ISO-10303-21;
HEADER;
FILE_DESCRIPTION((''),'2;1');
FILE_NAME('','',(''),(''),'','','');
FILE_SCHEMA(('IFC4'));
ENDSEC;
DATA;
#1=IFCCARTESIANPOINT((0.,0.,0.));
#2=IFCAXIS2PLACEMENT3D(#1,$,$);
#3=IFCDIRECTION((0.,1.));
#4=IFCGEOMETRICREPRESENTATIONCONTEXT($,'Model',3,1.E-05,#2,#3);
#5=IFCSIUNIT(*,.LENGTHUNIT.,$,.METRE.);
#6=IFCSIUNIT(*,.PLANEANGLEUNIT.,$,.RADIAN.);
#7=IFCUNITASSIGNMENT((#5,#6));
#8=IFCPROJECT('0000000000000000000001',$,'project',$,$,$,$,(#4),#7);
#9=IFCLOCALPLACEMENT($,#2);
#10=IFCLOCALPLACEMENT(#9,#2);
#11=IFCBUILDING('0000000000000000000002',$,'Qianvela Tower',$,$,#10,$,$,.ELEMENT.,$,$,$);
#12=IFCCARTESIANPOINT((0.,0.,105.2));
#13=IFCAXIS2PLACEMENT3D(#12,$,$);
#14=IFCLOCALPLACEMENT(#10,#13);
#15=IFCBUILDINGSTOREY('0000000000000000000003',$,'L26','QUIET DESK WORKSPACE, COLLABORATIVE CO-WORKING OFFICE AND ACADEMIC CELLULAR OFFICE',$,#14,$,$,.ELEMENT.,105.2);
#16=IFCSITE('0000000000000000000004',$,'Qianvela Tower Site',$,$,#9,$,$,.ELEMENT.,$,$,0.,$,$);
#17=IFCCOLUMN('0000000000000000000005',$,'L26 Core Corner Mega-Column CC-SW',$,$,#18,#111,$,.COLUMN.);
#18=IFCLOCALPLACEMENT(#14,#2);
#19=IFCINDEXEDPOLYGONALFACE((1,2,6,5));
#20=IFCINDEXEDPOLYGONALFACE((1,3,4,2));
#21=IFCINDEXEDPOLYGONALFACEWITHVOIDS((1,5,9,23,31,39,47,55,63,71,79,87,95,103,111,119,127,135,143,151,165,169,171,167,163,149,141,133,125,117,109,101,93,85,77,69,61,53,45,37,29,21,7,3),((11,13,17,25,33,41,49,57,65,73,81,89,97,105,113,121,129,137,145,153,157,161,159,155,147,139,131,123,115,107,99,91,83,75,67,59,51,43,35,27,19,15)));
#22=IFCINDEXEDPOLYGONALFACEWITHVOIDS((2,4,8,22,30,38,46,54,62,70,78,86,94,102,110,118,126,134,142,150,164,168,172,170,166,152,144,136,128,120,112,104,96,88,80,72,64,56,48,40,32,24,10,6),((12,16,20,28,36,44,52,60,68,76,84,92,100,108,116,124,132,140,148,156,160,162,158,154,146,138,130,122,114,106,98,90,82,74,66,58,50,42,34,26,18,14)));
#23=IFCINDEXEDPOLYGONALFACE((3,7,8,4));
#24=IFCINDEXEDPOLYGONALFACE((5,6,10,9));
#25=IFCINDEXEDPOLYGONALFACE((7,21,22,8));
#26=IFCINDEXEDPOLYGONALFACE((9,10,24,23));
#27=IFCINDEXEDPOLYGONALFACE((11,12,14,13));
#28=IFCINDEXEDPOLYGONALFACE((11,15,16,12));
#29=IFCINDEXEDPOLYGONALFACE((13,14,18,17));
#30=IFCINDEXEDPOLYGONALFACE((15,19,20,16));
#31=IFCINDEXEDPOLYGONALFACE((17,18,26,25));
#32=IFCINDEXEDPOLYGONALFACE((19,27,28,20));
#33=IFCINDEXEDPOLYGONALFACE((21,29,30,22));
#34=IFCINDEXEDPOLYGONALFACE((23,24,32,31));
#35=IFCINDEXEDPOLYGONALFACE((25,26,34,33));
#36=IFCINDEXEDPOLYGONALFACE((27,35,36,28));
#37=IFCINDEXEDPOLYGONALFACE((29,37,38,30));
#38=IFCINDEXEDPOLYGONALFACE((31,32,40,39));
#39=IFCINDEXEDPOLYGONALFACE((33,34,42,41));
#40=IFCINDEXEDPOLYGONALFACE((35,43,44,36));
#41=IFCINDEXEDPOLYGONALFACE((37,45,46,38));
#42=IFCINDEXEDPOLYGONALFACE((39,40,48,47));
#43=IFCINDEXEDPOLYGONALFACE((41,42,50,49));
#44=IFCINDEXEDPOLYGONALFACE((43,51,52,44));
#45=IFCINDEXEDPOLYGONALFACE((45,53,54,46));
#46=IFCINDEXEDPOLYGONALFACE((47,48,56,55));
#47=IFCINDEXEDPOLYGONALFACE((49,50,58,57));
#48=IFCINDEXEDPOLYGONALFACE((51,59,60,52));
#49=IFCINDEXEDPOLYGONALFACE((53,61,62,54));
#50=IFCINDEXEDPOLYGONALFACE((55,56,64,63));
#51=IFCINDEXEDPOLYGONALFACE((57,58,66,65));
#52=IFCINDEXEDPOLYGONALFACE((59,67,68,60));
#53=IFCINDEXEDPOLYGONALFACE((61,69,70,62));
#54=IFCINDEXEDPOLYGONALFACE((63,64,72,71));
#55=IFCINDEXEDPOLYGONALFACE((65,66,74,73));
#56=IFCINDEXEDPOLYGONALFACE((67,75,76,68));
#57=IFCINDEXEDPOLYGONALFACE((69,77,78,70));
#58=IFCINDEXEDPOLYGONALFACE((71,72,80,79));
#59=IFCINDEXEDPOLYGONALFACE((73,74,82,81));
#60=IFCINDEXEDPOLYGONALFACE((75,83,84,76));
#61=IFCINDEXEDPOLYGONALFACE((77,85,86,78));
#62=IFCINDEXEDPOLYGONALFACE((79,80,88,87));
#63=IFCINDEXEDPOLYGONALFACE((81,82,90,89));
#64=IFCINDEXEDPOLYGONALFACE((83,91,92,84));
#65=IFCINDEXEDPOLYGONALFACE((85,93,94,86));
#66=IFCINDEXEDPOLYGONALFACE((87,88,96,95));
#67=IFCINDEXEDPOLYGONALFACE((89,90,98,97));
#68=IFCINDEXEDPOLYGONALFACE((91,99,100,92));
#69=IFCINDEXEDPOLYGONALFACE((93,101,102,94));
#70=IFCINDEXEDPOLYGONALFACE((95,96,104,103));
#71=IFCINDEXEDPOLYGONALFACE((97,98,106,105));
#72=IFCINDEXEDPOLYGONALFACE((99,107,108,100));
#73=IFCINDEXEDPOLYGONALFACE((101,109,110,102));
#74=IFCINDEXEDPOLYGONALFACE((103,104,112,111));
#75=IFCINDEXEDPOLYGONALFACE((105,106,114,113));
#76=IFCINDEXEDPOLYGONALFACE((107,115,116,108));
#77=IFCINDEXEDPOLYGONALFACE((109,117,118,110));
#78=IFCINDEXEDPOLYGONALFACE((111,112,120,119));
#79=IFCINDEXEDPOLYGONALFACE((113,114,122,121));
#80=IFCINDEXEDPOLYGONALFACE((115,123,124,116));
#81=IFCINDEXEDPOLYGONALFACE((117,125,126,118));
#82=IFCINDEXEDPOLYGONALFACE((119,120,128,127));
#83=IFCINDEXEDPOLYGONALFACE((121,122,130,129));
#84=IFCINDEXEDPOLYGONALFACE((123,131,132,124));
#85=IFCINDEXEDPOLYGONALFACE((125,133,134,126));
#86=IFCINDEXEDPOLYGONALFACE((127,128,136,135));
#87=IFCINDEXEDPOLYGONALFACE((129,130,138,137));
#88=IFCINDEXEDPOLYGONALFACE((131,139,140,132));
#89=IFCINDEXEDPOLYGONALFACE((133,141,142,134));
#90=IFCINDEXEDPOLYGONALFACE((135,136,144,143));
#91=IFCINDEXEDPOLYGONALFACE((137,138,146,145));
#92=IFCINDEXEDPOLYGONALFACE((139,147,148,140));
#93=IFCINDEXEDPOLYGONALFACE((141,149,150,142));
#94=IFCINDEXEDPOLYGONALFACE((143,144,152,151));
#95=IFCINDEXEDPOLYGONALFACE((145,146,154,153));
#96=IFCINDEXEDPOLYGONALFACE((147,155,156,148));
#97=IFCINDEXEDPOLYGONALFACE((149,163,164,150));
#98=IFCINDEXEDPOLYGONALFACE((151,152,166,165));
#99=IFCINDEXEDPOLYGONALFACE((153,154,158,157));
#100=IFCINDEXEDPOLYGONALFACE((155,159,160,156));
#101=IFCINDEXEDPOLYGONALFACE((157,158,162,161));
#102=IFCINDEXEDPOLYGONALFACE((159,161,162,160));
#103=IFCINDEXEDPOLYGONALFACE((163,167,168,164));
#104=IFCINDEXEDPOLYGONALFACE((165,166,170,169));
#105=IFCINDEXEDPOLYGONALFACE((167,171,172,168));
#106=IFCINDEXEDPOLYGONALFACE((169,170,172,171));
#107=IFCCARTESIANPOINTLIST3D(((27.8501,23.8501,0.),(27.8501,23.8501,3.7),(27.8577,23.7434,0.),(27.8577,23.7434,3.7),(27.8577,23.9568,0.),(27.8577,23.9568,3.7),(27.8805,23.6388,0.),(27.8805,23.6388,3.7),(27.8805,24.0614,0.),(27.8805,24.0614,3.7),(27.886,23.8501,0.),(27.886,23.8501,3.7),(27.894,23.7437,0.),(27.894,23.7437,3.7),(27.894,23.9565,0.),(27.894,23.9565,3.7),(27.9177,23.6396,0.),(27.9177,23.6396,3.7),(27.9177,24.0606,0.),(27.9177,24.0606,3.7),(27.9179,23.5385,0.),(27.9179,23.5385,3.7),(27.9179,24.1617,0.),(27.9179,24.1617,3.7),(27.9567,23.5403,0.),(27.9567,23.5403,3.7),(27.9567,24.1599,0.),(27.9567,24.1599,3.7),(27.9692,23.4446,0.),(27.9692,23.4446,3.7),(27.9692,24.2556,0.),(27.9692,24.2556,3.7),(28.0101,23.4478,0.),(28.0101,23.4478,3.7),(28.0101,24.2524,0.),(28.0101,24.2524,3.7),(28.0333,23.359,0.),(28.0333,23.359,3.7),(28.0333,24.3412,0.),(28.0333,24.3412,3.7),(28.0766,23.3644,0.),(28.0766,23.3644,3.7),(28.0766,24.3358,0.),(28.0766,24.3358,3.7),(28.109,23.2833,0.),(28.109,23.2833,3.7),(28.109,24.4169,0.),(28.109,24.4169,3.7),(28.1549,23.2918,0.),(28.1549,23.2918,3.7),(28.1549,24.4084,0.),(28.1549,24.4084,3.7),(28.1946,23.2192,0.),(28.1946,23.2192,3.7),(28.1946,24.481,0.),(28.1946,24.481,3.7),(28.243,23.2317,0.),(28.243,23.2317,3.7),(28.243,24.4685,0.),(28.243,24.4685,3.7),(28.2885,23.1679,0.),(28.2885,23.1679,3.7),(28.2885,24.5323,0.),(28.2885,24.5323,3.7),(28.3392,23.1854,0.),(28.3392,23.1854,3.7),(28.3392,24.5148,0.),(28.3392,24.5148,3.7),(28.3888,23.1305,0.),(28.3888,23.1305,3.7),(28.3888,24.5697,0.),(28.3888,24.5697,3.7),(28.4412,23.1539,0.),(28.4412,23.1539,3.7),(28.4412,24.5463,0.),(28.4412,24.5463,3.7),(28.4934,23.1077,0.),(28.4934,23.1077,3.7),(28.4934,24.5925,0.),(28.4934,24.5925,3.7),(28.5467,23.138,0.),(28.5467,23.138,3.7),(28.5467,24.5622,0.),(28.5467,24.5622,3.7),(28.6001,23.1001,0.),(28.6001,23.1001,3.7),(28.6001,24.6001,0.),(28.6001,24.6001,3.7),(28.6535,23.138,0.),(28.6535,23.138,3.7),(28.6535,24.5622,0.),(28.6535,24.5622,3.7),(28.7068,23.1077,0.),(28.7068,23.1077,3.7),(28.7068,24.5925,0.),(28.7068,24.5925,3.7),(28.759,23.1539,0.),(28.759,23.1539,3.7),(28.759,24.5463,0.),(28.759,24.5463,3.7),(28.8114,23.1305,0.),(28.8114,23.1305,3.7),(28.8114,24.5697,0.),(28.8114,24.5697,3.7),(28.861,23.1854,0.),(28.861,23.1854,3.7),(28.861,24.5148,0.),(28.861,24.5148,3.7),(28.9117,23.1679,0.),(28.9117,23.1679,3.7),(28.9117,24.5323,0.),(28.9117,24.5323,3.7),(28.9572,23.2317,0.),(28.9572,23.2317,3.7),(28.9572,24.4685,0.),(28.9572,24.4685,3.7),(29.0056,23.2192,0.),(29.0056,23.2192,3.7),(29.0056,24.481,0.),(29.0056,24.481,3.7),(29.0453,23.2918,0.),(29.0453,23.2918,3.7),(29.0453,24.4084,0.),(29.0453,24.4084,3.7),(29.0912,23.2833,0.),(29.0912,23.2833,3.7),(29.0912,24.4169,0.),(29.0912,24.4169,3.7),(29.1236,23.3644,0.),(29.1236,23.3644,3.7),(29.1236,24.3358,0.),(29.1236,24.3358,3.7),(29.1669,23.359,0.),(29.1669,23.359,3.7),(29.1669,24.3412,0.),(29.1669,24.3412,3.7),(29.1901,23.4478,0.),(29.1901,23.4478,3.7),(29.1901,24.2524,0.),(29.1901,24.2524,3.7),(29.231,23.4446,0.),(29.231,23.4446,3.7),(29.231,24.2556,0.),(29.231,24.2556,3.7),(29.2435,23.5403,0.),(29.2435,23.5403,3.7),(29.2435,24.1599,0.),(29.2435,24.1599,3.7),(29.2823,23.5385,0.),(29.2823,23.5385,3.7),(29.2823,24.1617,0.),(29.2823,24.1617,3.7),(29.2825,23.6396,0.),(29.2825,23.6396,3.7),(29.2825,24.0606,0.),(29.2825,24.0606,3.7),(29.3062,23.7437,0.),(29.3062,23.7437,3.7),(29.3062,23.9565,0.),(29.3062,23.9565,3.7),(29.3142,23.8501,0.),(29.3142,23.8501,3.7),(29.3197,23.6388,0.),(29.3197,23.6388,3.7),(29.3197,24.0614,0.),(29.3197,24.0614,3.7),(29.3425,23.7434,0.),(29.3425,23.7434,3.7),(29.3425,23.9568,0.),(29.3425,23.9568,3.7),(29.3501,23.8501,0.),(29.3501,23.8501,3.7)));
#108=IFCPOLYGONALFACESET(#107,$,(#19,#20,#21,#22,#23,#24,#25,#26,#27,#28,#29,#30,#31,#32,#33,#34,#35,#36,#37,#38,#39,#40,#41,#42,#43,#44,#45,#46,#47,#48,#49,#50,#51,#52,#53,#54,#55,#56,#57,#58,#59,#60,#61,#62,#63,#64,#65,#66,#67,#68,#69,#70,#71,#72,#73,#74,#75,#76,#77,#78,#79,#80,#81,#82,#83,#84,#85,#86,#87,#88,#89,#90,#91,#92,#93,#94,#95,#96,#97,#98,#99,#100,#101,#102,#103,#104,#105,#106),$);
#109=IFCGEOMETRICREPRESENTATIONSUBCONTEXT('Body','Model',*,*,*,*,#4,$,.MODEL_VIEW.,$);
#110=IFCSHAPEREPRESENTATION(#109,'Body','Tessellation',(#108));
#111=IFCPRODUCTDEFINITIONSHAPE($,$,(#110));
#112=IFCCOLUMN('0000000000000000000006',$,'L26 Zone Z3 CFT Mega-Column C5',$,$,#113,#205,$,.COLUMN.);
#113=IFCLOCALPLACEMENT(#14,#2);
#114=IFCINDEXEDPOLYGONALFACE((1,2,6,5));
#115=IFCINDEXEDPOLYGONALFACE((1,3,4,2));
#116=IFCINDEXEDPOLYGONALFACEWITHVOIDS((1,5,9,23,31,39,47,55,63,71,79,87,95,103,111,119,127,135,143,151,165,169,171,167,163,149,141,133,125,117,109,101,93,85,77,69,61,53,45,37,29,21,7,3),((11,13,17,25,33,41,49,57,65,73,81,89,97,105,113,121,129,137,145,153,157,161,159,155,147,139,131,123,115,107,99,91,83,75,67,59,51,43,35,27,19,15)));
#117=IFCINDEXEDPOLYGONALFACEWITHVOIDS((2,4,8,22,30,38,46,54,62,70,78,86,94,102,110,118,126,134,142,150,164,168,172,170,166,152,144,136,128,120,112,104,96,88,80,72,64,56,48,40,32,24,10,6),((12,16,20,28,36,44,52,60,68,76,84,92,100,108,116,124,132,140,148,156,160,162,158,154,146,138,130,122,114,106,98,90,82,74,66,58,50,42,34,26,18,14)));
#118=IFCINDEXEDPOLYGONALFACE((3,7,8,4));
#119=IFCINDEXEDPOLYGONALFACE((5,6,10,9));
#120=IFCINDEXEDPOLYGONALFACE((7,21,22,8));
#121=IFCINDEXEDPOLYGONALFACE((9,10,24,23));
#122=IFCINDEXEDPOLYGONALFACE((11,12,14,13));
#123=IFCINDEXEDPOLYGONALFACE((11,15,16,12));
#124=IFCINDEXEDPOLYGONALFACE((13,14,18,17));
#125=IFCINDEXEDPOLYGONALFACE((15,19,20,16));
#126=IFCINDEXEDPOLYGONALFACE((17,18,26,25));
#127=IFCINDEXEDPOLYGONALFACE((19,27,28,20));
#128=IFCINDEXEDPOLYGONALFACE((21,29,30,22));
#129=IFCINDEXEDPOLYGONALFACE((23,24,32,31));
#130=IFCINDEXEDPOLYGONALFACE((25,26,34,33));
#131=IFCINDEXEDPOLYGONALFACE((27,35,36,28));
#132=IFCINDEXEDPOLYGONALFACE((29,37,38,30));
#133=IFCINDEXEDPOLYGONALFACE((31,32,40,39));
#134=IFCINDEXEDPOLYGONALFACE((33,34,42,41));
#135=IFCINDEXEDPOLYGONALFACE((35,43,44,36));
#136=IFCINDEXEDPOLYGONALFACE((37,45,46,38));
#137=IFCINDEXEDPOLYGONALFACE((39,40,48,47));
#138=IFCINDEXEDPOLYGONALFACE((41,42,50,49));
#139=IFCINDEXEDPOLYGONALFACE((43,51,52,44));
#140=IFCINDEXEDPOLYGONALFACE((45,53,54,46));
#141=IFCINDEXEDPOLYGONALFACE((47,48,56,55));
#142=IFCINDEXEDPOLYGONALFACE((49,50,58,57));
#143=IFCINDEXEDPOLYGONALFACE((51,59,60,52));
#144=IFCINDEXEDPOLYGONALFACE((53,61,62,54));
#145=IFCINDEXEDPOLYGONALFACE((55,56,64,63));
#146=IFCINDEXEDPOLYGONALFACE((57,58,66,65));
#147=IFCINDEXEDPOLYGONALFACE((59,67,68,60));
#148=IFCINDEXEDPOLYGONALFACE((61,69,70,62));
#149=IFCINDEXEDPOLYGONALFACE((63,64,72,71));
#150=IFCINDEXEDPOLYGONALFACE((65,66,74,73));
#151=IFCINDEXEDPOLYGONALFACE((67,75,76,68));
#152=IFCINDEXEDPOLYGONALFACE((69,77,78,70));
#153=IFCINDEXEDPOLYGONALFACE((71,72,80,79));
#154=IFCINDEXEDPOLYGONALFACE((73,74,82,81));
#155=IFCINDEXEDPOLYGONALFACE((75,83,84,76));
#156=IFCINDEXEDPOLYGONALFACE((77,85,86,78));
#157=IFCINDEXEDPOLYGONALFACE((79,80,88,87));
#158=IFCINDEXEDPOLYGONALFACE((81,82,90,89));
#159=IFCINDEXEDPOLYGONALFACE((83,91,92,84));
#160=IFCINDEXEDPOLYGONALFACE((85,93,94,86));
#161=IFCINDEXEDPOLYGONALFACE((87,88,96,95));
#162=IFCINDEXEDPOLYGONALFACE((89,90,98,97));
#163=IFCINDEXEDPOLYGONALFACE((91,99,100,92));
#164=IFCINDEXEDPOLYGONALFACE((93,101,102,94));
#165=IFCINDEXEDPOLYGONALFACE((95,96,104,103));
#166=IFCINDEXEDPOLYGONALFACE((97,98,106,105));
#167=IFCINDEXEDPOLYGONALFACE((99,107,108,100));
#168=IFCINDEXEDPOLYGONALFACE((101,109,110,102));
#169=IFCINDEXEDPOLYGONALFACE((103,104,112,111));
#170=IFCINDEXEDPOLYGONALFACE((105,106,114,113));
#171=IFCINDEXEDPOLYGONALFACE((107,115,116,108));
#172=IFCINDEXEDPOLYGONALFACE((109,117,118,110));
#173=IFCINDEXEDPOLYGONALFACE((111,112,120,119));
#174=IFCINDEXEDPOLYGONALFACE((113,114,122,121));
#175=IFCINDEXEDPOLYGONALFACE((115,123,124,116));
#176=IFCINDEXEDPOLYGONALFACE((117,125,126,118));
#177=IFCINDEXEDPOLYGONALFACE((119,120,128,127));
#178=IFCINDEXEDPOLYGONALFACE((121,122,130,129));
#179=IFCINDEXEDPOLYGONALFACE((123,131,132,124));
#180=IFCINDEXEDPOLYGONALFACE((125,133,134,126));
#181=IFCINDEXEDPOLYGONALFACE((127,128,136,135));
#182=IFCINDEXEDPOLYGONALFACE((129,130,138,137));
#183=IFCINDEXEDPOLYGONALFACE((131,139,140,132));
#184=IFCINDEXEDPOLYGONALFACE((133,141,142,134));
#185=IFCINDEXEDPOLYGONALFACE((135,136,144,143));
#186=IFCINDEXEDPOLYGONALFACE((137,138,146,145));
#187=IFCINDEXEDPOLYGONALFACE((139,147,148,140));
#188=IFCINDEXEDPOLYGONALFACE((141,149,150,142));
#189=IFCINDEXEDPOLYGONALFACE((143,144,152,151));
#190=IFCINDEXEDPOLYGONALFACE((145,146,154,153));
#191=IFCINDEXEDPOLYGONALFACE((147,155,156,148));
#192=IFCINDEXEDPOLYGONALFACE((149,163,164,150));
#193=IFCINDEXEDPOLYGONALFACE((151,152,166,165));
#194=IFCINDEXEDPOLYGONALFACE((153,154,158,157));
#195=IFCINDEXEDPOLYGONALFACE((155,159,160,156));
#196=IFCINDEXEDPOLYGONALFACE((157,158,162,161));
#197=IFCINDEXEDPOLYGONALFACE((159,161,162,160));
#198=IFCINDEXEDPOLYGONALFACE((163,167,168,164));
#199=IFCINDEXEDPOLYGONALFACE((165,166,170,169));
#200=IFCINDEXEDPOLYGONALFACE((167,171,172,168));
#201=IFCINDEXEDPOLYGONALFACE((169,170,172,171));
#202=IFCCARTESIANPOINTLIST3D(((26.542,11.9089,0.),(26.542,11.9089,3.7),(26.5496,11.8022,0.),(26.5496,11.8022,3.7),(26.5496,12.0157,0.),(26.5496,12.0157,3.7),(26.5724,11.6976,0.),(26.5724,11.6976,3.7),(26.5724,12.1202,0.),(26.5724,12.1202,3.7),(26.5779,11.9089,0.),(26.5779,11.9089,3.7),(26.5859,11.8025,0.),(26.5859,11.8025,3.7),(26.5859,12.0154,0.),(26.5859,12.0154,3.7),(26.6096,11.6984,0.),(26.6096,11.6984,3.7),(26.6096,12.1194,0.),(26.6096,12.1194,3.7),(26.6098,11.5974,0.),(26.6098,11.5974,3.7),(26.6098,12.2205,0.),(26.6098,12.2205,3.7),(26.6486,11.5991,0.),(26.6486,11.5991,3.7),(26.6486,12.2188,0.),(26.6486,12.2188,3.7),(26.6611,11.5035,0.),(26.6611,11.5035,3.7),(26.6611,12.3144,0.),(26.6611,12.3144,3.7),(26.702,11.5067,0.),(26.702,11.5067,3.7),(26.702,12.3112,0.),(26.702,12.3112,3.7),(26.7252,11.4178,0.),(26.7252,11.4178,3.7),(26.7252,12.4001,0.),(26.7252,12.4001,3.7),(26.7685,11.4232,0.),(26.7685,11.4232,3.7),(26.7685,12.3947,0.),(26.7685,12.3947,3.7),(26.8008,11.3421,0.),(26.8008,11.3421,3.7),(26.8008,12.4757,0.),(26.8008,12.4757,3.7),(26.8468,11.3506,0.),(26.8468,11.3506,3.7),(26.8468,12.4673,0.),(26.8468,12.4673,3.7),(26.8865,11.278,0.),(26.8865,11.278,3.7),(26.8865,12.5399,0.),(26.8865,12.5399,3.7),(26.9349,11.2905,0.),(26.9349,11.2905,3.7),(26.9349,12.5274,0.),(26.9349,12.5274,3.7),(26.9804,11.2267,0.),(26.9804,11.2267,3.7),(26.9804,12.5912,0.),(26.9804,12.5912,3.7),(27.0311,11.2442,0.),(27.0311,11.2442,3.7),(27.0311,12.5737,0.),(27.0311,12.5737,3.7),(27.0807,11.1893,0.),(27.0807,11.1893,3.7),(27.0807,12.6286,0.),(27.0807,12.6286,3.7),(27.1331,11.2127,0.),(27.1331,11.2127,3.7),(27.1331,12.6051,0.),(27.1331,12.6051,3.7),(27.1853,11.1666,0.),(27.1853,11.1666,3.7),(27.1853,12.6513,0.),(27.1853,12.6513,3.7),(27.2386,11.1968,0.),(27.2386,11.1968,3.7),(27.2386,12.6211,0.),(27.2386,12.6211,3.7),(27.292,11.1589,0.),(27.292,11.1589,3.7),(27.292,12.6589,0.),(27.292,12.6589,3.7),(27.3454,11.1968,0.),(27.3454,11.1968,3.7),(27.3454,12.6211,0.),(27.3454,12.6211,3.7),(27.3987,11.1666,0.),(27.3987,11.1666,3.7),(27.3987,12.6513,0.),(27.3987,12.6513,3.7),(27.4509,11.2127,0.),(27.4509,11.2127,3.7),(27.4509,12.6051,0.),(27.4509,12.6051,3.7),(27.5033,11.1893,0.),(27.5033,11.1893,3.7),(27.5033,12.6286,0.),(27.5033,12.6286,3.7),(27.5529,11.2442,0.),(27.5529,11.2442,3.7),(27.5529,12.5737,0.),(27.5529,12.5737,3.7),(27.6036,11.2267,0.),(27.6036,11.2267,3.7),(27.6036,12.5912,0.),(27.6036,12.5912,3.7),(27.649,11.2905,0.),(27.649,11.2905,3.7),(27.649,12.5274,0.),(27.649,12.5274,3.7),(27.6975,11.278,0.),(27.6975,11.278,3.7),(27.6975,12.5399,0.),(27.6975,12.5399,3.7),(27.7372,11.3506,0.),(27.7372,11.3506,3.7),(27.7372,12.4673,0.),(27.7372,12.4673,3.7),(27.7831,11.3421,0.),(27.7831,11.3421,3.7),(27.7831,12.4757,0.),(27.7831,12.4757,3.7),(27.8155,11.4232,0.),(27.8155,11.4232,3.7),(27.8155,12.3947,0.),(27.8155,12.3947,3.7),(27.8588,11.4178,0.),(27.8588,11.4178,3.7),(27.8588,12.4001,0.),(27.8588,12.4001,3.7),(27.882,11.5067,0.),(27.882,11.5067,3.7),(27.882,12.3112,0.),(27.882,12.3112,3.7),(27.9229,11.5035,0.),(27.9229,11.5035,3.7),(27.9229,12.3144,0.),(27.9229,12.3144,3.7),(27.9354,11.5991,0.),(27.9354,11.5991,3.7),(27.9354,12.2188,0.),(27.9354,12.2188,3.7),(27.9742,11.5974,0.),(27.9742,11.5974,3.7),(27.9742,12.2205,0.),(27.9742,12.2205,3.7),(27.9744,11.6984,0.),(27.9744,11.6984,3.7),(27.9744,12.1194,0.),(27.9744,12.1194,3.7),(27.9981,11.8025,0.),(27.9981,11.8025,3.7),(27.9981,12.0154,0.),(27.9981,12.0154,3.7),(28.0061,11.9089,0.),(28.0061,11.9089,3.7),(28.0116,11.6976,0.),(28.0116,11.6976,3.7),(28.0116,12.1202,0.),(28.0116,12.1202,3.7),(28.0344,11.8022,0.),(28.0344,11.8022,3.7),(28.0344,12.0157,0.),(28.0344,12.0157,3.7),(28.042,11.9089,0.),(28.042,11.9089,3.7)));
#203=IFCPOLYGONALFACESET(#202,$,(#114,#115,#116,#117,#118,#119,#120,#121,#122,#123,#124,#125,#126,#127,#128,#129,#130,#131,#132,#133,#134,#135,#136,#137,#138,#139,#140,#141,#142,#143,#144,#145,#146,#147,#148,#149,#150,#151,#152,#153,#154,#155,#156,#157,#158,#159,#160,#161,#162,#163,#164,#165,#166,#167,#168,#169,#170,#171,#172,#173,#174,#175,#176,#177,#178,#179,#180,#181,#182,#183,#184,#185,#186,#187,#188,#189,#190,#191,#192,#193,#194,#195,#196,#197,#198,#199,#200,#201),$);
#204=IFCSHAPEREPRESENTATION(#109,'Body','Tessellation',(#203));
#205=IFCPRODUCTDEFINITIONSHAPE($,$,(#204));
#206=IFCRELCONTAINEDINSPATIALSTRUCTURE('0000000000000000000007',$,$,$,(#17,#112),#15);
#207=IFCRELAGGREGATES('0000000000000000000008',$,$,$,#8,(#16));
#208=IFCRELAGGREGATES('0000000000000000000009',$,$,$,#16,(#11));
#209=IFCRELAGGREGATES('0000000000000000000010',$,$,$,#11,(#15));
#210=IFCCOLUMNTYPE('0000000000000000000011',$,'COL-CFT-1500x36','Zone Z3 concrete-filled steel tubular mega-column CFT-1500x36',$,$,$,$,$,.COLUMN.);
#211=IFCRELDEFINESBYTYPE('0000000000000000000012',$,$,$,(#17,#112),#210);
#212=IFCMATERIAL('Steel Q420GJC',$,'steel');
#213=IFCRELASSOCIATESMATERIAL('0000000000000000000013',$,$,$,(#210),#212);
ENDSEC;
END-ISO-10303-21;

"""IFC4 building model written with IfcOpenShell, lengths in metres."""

from ifc_helpers import new_model, si_unit, direction, frame, origin, origin_2d, place, context, subcontext, project, spatial, hollow_circle, extrude, material, material_profile, profile_set, type_object, element, save


model = new_model("IFC4")

# Units and contexts
model_context = context("Model", 3, precision=1e-05, world=origin(), true_north=direction((0.0, 1.0)))
body_context = subcontext(model_context, "Body", "Model", "MODEL_VIEW")
ifc_project = project(units=[si_unit("LENGTHUNIT", "METRE"), si_unit("PLANEANGLEUNIT", "RADIAN")], contexts=[model_context])

# Site, building, storey
site_placement = place(None, origin())
site = spatial("IfcSite", under=ifc_project, at=site_placement, Name="Qianvela Tower Site", CompositionType="ELEMENT", RefElevation=0.0)
building_placement = place(site_placement, origin())
building = spatial("IfcBuilding", under=site, at=building_placement, Name="Qianvela Tower", CompositionType="ELEMENT")
storey_placement = place(building_placement, frame((0.0, 0.0, 105.2)))
storey = spatial("IfcBuildingStorey", under=building, at=storey_placement, Name="L26", Description="QUIET DESK WORKSPACE, COLLABORATIVE CO-WORKING OFFICE AND ACADEMIC CELLULAR OFFICE", CompositionType="ELEMENT", Elevation=105.2)

# Columns
ifc_material_1 = material(Name="Steel Q420GJC", Category="steel")
ifc_material_profile_1 = material_profile(ifc_material_1, hollow_circle(Radius=0.75, WallThickness=0.0359, at=origin_2d()), Name="CFT-1500x36")
ifc_profile_set_1 = profile_set([ifc_material_profile_1], Name="Steel Q420GJC")
column_type = type_object("IfcColumnType", Name="COL-CFT-1500x36", Description="Zone Z3 concrete-filled steel tubular mega-column CFT-1500x36", PredefinedType="COLUMN", material=ifc_profile_set_1)
for number, where, z_axis, x_axis, name in (
    (1, (28.6001, 23.8501, 0.0), (0.0, 0.0, 1.0), (1.0, 0.0, 0.0), "L26 Core Corner Mega-Column CC-SW"),
    (2, (27.292, 11.9089, 0.0), (0.0, 0.0, 1.0), (1.0, 0.0, 0.0), "L26 Zone Z3 CFT Mega-Column C5"),
):
    element("IfcColumn", number, at=place(storey_placement, frame(where, z_axis=z_axis, x_axis=x_axis)), inside=storey, type_object=column_type, Name=name, PredefinedType="COLUMN", context=body_context, shape_type="SweptSolid", body=[
        extrude(hollow_circle(Radius=0.75, WallThickness=0.0359, at=origin_2d()), origin(), (0.0, 0.0, 1.0), 3.7),
    ])

save(model, "model.ifc")
